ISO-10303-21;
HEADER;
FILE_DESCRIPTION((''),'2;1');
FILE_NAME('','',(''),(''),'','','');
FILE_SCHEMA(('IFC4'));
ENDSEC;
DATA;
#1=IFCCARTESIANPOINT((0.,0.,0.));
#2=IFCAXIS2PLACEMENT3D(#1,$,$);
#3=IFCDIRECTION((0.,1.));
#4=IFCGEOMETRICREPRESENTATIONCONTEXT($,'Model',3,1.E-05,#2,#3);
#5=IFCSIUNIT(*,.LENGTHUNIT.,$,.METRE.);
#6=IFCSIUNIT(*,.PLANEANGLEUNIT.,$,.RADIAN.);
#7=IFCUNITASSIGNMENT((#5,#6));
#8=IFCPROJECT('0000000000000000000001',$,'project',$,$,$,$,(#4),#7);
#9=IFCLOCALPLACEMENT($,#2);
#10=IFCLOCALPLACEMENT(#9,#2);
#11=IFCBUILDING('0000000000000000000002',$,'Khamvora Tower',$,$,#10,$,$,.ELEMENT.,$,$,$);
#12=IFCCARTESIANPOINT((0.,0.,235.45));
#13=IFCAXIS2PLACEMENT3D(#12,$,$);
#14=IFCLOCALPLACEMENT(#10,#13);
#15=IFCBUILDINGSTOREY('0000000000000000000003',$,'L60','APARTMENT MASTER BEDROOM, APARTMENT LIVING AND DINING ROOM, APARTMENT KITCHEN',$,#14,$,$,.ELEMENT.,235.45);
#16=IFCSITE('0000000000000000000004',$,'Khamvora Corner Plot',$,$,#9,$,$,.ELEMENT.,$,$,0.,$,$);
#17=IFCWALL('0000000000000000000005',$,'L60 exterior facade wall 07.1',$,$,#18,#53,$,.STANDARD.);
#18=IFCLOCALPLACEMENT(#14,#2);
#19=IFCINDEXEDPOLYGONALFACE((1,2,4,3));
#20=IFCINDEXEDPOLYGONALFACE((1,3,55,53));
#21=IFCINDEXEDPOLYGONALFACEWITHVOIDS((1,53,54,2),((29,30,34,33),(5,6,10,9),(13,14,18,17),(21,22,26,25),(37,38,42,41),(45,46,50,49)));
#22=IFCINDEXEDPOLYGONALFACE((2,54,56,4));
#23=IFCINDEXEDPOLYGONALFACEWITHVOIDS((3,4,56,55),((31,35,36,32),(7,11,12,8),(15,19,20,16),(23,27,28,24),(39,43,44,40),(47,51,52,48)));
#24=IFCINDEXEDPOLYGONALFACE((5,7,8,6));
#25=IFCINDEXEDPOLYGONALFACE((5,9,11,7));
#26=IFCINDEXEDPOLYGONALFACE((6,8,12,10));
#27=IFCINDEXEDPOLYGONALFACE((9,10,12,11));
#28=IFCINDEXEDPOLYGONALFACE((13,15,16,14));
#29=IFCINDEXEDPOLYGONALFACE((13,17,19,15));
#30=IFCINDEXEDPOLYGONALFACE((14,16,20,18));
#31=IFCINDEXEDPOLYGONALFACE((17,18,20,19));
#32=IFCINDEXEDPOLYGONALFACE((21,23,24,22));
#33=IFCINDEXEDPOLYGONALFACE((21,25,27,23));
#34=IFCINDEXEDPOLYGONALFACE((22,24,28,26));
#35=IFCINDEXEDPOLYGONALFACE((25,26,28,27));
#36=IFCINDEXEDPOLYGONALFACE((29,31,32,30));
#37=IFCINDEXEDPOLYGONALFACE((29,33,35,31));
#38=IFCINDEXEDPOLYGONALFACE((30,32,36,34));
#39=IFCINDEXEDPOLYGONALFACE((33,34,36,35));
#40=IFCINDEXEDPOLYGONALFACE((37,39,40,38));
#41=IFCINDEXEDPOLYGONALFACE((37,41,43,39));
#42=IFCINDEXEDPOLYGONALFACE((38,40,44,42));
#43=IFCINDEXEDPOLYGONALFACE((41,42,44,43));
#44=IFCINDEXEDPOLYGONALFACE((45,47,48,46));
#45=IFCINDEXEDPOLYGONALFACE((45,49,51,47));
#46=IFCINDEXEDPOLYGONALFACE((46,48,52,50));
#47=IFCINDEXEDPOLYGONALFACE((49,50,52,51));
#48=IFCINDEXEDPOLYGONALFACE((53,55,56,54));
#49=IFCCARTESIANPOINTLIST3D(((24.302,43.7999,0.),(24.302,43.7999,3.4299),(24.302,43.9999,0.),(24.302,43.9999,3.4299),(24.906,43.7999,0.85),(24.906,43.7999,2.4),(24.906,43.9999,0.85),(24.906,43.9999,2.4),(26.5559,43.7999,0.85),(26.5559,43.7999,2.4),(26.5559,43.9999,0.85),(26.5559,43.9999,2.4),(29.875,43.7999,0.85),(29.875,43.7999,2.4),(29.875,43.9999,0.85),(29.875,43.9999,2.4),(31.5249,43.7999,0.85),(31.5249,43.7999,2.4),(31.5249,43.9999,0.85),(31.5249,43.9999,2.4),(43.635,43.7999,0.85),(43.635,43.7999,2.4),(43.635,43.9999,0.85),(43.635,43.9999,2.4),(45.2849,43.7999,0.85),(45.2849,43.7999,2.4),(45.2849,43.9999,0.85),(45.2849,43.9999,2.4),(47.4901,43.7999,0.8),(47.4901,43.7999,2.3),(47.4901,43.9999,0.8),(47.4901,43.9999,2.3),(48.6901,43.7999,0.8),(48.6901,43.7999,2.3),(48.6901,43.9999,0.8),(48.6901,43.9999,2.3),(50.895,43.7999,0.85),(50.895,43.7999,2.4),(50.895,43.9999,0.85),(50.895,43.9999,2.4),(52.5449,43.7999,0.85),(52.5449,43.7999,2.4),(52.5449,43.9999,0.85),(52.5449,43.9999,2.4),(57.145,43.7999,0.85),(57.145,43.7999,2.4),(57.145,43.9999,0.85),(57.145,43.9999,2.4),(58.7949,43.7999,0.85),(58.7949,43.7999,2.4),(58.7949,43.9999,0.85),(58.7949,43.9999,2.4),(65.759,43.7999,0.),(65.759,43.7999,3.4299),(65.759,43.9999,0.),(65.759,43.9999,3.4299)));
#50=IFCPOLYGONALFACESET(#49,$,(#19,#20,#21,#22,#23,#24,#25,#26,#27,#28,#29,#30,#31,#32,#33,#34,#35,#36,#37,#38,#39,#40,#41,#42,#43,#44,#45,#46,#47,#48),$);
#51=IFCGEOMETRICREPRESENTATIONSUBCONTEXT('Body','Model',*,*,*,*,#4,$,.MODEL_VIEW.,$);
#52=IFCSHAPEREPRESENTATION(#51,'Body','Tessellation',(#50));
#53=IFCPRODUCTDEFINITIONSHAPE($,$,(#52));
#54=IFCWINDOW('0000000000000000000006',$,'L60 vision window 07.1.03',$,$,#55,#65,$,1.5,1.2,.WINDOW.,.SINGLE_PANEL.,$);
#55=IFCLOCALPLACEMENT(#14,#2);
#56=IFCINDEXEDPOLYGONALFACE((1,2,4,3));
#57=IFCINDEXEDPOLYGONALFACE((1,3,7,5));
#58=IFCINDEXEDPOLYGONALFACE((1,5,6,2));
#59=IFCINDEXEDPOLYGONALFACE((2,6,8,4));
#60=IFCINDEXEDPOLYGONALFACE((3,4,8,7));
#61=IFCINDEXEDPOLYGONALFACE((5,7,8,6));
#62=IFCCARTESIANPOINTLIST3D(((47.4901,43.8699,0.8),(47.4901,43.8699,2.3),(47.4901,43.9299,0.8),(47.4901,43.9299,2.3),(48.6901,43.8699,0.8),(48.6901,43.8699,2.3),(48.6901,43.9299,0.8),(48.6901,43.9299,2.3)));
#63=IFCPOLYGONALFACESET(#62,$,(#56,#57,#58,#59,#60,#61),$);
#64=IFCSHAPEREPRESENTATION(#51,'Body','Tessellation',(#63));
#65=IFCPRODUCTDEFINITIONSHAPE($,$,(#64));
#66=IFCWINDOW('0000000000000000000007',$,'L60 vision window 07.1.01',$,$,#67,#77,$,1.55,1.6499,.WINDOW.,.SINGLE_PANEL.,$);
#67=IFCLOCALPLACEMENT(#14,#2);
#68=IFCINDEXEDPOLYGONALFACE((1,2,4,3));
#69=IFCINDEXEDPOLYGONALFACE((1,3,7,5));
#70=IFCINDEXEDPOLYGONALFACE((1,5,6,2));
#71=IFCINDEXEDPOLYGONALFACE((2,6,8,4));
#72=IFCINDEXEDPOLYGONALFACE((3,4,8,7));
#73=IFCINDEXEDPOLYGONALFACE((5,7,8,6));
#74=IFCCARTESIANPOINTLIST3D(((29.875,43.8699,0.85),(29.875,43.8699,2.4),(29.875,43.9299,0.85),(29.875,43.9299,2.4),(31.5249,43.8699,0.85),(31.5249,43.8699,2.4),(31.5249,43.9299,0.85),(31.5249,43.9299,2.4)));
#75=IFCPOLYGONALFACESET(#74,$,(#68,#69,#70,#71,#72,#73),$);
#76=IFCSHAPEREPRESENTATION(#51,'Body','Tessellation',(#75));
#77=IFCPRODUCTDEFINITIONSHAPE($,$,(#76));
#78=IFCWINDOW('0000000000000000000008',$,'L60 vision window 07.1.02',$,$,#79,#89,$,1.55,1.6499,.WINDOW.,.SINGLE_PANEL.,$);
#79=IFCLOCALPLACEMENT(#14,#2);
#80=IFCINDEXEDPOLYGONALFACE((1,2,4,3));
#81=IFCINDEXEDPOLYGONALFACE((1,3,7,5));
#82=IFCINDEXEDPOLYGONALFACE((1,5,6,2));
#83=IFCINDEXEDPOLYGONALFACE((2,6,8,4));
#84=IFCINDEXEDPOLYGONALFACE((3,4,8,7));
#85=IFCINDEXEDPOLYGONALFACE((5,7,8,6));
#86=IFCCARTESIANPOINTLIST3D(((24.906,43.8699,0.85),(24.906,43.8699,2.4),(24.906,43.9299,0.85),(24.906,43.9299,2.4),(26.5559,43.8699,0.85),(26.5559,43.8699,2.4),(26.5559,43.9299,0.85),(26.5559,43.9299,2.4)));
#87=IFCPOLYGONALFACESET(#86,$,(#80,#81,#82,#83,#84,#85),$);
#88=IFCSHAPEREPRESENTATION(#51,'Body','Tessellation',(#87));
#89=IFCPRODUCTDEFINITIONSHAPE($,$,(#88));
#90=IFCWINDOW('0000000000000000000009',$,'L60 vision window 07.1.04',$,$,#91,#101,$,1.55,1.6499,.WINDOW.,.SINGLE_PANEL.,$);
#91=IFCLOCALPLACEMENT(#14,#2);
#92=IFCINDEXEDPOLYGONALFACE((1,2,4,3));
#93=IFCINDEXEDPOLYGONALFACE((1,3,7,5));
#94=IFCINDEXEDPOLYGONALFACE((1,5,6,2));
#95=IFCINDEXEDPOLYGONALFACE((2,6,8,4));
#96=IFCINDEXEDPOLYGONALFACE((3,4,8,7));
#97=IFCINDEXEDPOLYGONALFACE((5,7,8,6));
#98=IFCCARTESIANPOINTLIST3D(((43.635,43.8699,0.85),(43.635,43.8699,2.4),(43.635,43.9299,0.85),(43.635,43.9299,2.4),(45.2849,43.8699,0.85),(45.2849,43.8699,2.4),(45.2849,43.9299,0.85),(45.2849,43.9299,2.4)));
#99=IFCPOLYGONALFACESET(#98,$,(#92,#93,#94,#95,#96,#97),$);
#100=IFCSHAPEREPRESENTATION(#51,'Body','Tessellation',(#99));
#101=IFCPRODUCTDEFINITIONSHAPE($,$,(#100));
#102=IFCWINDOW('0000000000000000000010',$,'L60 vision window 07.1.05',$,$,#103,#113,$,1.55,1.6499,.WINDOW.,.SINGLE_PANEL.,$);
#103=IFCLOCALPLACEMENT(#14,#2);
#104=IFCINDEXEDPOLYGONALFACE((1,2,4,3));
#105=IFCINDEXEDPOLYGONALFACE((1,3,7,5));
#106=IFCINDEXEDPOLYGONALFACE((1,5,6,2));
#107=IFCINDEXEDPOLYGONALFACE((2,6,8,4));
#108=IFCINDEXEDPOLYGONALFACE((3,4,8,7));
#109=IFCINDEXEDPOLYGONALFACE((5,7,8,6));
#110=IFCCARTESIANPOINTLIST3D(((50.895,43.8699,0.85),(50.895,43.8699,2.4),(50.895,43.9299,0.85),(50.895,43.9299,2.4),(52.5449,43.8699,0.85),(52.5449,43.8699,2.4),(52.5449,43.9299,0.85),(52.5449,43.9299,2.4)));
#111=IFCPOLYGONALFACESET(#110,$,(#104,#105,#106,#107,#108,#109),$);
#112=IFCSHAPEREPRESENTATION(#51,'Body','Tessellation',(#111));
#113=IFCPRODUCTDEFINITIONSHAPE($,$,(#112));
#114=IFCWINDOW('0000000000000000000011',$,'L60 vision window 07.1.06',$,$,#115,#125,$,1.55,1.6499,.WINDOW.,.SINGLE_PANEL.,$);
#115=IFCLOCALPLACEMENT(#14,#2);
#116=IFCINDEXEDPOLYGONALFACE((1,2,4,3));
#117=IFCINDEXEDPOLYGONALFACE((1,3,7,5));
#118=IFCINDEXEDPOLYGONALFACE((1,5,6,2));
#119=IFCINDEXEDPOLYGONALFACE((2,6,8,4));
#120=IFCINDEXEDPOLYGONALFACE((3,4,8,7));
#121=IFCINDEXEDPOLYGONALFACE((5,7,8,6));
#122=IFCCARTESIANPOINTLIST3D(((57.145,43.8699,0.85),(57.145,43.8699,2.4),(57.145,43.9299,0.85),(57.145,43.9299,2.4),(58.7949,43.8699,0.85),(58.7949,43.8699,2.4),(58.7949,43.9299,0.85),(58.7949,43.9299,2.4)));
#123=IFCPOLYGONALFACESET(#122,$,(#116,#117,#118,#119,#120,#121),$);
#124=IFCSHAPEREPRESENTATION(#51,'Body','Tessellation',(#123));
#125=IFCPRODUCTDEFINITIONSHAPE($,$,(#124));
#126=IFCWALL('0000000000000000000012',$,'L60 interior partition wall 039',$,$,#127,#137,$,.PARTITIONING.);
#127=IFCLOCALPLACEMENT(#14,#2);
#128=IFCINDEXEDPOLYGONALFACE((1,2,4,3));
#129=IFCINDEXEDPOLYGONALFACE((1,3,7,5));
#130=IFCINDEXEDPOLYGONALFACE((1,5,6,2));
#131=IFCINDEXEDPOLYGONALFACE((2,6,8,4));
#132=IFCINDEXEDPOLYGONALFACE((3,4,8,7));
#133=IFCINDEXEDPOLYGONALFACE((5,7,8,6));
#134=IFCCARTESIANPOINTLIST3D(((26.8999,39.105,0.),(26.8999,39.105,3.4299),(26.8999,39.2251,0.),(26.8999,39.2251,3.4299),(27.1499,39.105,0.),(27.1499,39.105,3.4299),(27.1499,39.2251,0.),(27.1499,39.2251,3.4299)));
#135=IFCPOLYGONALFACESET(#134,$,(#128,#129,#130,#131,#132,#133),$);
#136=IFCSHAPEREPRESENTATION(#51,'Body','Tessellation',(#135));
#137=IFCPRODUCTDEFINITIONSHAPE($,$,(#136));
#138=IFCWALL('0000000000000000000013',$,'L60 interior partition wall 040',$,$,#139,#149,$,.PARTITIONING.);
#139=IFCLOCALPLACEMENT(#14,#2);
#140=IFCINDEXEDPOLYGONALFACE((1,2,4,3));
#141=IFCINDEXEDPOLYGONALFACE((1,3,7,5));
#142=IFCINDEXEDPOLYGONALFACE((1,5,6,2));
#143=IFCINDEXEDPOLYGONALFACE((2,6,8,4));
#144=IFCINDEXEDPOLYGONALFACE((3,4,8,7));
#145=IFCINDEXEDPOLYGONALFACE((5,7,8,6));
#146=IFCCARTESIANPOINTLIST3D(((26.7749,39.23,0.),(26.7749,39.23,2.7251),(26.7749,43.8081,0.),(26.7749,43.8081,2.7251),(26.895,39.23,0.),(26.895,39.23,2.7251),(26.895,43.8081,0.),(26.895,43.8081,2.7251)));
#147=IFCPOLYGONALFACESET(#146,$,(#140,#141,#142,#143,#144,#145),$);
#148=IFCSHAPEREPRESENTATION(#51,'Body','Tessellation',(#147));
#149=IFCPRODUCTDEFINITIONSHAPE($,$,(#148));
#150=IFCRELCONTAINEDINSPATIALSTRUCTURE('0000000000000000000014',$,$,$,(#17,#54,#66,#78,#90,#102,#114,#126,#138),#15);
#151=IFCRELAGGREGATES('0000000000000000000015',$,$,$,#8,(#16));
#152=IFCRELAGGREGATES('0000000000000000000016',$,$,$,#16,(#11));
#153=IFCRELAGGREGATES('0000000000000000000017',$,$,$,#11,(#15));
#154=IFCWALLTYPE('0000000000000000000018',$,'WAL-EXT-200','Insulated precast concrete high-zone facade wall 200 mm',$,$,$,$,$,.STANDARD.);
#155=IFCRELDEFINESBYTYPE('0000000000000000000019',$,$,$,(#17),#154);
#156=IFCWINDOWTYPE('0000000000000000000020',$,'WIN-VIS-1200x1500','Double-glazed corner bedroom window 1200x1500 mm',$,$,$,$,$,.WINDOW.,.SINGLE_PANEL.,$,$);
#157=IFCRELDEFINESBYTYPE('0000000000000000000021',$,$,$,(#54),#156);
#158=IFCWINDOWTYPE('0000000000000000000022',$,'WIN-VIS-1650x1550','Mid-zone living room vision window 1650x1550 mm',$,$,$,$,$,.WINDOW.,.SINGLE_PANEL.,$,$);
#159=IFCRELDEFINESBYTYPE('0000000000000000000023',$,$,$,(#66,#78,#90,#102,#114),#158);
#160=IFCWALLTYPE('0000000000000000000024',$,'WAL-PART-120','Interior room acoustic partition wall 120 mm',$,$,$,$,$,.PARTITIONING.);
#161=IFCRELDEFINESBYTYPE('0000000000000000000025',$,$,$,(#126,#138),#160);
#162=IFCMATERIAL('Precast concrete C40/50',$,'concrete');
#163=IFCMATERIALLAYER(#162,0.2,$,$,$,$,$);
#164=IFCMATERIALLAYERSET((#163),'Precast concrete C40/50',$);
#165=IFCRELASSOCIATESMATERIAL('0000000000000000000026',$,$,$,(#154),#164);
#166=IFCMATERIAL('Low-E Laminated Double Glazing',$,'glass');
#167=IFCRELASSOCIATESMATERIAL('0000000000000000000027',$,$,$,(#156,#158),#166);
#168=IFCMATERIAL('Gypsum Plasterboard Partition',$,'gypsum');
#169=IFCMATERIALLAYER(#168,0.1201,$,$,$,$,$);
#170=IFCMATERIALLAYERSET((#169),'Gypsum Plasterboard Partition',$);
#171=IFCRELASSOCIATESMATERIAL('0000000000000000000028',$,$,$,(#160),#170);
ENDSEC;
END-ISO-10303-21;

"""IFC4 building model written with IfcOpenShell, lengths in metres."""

from ifc_helpers import new_model, si_unit, direction, frame, frame_2d, origin, place, context, subcontext, project, spatial, rectangle, extrude, material, layer, layer_set, type_object, element, fill, save


model = new_model("IFC4")

# Units and contexts
model_context = context("Model", 3, precision=1e-05, world=origin(), true_north=direction((0.0, 1.0)))
body_context = subcontext(model_context, "Body", "Model", "MODEL_VIEW")
ifc_project = project(units=[si_unit("LENGTHUNIT", "METRE"), si_unit("PLANEANGLEUNIT", "RADIAN")], contexts=[model_context])

# Site, building, storey
site_placement = place(None, origin())
site = spatial("IfcSite", under=ifc_project, at=site_placement, Name="Khamvora Corner Plot", CompositionType="ELEMENT", RefElevation=0.0)
building_placement = place(site_placement, origin())
building = spatial("IfcBuilding", under=site, at=building_placement, Name="Khamvora Tower", CompositionType="ELEMENT")
storey_placement = place(building_placement, frame((0.0, 0.0, 235.45)))
storey = spatial("IfcBuildingStorey", under=building, at=storey_placement, Name="L60", Description="APARTMENT MASTER BEDROOM, APARTMENT LIVING AND DINING ROOM, APARTMENT KITCHEN", CompositionType="ELEMENT", Elevation=235.45)

# Shared definitions
ifc_material_1 = material(Name="Precast concrete C40/50", Category="concrete")
ifc_layer_1 = layer(ifc_material_1, 0.2)
ifc_layer_set_1 = layer_set([ifc_layer_1], Name="Precast concrete C40/50")
wall_type_1 = type_object("IfcWallType", Name="WAL-EXT-200", Description="Insulated precast concrete high-zone facade wall 200 mm", PredefinedType="STANDARD", material=ifc_layer_set_1)

# Wall, openings, windows
wall_1_placement = place(storey_placement, frame((24.302, 43.8999, 0.0), z_axis=(0.0, 0.0, 1.0), x_axis=(1.0, 0.0, 0.0)))
wall_1 = element("IfcWall", 1, at=wall_1_placement, inside=storey, type_object=wall_type_1, Name="L60 exterior facade wall 07.1", PredefinedType="STANDARD", context=body_context, shape_type="SweptSolid", body=[
    extrude(rectangle(XDim=41.457, YDim=0.2, at=frame_2d((20.7285, 0.0))), origin(), (0.0, 0.0, 1.0), 3.4299),
])
opening_1_placement = place(wall_1_placement, frame((5.573, 0.0, 0.8501)))
opening_1 = element("IfcOpeningElement", 2, at=opening_1_placement, cuts=wall_1, PredefinedType="OPENING", context=body_context, shape_type="SweptSolid", body=[
    extrude(rectangle(XDim=1.6499, YDim=1.55, at=frame_2d((0.825, 0.7749))), frame((0.0, 0.1099, 0.0), z_axis=(0.0, -1.0, 0.0), x_axis=(1.0, 0.0, 0.0)), (0.0, 0.0, 1.0), 0.22),
])
opening_2_placement = place(wall_1_placement, frame((0.604, 0.0, 0.8501)))
opening_2 = element("IfcOpeningElement", 3, at=opening_2_placement, cuts=wall_1, PredefinedType="OPENING", context=body_context, shape_type="SweptSolid", body=[
    extrude(rectangle(XDim=1.6499, YDim=1.55, at=frame_2d((0.825, 0.7749))), frame((0.0, 0.1099, 0.0), z_axis=(0.0, -1.0, 0.0), x_axis=(1.0, 0.0, 0.0)), (0.0, 0.0, 1.0), 0.22),
])
opening_3_placement = place(wall_1_placement, frame((23.188, 0.0, 0.8)))
opening_3 = element("IfcOpeningElement", 4, at=opening_3_placement, cuts=wall_1, PredefinedType="OPENING", context=body_context, shape_type="SweptSolid", body=[
    extrude(rectangle(XDim=1.2, YDim=1.5, at=frame_2d((0.6001, 0.75))), frame((0.0, 0.1099, 0.0), z_axis=(0.0, -1.0, 0.0), x_axis=(1.0, 0.0, 0.0)), (0.0, 0.0, 1.0), 0.22),
])
opening_4_placement = place(wall_1_placement, frame((19.333, 0.0, 0.8501)))
opening_4 = element("IfcOpeningElement", 5, at=opening_4_placement, cuts=wall_1, PredefinedType="OPENING", context=body_context, shape_type="SweptSolid", body=[
    extrude(rectangle(XDim=1.6499, YDim=1.55, at=frame_2d((0.825, 0.7749))), frame((0.0, 0.1099, 0.0), z_axis=(0.0, -1.0, 0.0), x_axis=(1.0, 0.0, 0.0)), (0.0, 0.0, 1.0), 0.22),
])
opening_5_placement = place(wall_1_placement, frame((26.593, 0.0, 0.8501)))
opening_5 = element("IfcOpeningElement", 6, at=opening_5_placement, cuts=wall_1, PredefinedType="OPENING", context=body_context, shape_type="SweptSolid", body=[
    extrude(rectangle(XDim=1.6499, YDim=1.55, at=frame_2d((0.825, 0.7749))), frame((0.0, 0.1099, 0.0), z_axis=(0.0, -1.0, 0.0), x_axis=(1.0, 0.0, 0.0)), (0.0, 0.0, 1.0), 0.22),
])
opening_6_placement = place(wall_1_placement, frame((32.843, 0.0, 0.8501)))
opening_6 = element("IfcOpeningElement", 7, at=opening_6_placement, cuts=wall_1, PredefinedType="OPENING", context=body_context, shape_type="SweptSolid", body=[
    extrude(rectangle(XDim=1.6499, YDim=1.55, at=frame_2d((0.825, 0.7749))), frame((0.0, 0.1099, 0.0), z_axis=(0.0, -1.0, 0.0), x_axis=(1.0, 0.0, 0.0)), (0.0, 0.0, 1.0), 0.22),
])
ifc_material_2 = material(Name="Low-E Laminated Double Glazing", Category="glass")
window_type_1 = type_object("IfcWindowType", Name="WIN-VIS-1200x1500", Description="Double-glazed corner bedroom window 1200x1500 mm", PartitioningType="SINGLE_PANEL", PredefinedType="WINDOW", material=ifc_material_2)
window_1_placement = place(opening_3_placement, origin())
window_1 = element("IfcWindow", 8, at=window_1_placement, inside=storey, type_object=window_type_1, Name="L60 vision window 07.1.03", OverallHeight=1.5, OverallWidth=1.2, PartitioningType="SINGLE_PANEL", PredefinedType="WINDOW", context=body_context, shape_type="SweptSolid", body=[
    extrude(rectangle(XDim=1.2, YDim=1.5, at=frame_2d((0.6001, 0.75))), frame((0.0, 0.03, 0.0), z_axis=(0.0, -1.0, 0.0), x_axis=(1.0, 0.0, 0.0)), (0.0, 0.0, 1.0), 0.0601),
])
fill(opening_3, window_1)
window_type_2 = type_object("IfcWindowType", Name="WIN-VIS-1650x1550", Description="Mid-zone living room vision window 1650x1550 mm", PartitioningType="SINGLE_PANEL", PredefinedType="WINDOW", material=ifc_material_2)
window_2_placement = place(opening_1_placement, origin())
window_2 = element("IfcWindow", 9, at=window_2_placement, inside=storey, type_object=window_type_2, Name="L60 vision window 07.1.01", OverallHeight=1.55, OverallWidth=1.6499, PartitioningType="SINGLE_PANEL", PredefinedType="WINDOW", context=body_context, shape_type="SweptSolid", body=[
    extrude(rectangle(XDim=1.6499, YDim=1.55, at=frame_2d((0.825, 0.7749))), frame((0.0, 0.03, 0.0), z_axis=(0.0, -1.0, 0.0), x_axis=(1.0, 0.0, 0.0)), (0.0, 0.0, 1.0), 0.0601),
])
fill(opening_1, window_2)
window_3_placement = place(opening_2_placement, origin())
window_3 = element("IfcWindow", 10, at=window_3_placement, inside=storey, type_object=window_type_2, Name="L60 vision window 07.1.02", OverallHeight=1.55, OverallWidth=1.6499, PartitioningType="SINGLE_PANEL", PredefinedType="WINDOW", context=body_context, shape_type="SweptSolid", body=[
    extrude(rectangle(XDim=1.6499, YDim=1.55, at=frame_2d((0.825, 0.7749))), frame((0.0, 0.03, 0.0), z_axis=(0.0, -1.0, 0.0), x_axis=(1.0, 0.0, 0.0)), (0.0, 0.0, 1.0), 0.0601),
])
fill(opening_2, window_3)
window_4_placement = place(opening_4_placement, origin())
window_4 = element("IfcWindow", 11, at=window_4_placement, inside=storey, type_object=window_type_2, Name="L60 vision window 07.1.04", OverallHeight=1.55, OverallWidth=1.6499, PartitioningType="SINGLE_PANEL", PredefinedType="WINDOW", context=body_context, shape_type="SweptSolid", body=[
    extrude(rectangle(XDim=1.6499, YDim=1.55, at=frame_2d((0.825, 0.7749))), frame((0.0, 0.03, 0.0), z_axis=(0.0, -1.0, 0.0), x_axis=(1.0, 0.0, 0.0)), (0.0, 0.0, 1.0), 0.0601),
])
fill(opening_4, window_4)
window_5_placement = place(opening_5_placement, origin())
window_5 = element("IfcWindow", 12, at=window_5_placement, inside=storey, type_object=window_type_2, Name="L60 vision window 07.1.05", OverallHeight=1.55, OverallWidth=1.6499, PartitioningType="SINGLE_PANEL", PredefinedType="WINDOW", context=body_context, shape_type="SweptSolid", body=[
    extrude(rectangle(XDim=1.6499, YDim=1.55, at=frame_2d((0.825, 0.7749))), frame((0.0, 0.03, 0.0), z_axis=(0.0, -1.0, 0.0), x_axis=(1.0, 0.0, 0.0)), (0.0, 0.0, 1.0), 0.0601),
])
fill(opening_5, window_5)
window_6_placement = place(opening_6_placement, origin())
window_6 = element("IfcWindow", 13, at=window_6_placement, inside=storey, type_object=window_type_2, Name="L60 vision window 07.1.06", OverallHeight=1.55, OverallWidth=1.6499, PartitioningType="SINGLE_PANEL", PredefinedType="WINDOW", context=body_context, shape_type="SweptSolid", body=[
    extrude(rectangle(XDim=1.6499, YDim=1.55, at=frame_2d((0.825, 0.7749))), frame((0.0, 0.03, 0.0), z_axis=(0.0, -1.0, 0.0), x_axis=(1.0, 0.0, 0.0)), (0.0, 0.0, 1.0), 0.0601),
])
fill(opening_6, window_6)

# Walls
ifc_material_3 = material(Name="Gypsum Plasterboard Partition", Category="gypsum")
ifc_layer_2 = layer(ifc_material_3, 0.1201)
ifc_layer_set_2 = layer_set([ifc_layer_2], Name="Gypsum Plasterboard Partition")
wall_type_2 = type_object("IfcWallType", Name="WAL-PART-120", Description="Interior room acoustic partition wall 120 mm", PredefinedType="PARTITIONING", material=ifc_layer_set_2)
wall_2_placement = place(storey_placement, frame((27.1499, 39.165, 0.0), z_axis=(0.0, 0.0, 1.0), x_axis=(-1.0, 0.0, 0.0)))
element("IfcWall", 14, at=wall_2_placement, inside=storey, type_object=wall_type_2, Name="L60 interior partition wall 039", PredefinedType="PARTITIONING", context=body_context, shape_type="SweptSolid", body=[
    extrude(rectangle(XDim=0.25, YDim=0.1201, at=frame_2d((0.125, 0.0))), origin(), (0.0, 0.0, 1.0), 3.4299),
])
wall_3_placement = place(storey_placement, frame((26.835, 39.23, 0.0), z_axis=(0.0, 0.0, 1.0), x_axis=(0.0, 1.0, 0.0)))
element("IfcWall", 15, at=wall_3_placement, inside=storey, type_object=wall_type_2, Name="L60 interior partition wall 040", PredefinedType="PARTITIONING", context=body_context, shape_type="SweptSolid", body=[
    extrude(rectangle(XDim=4.5781, YDim=0.1201, at=frame_2d((2.2891, 0.0))), origin(), (0.0, 0.0, 1.0), 2.7251),
])

save(model, "model.ifc")
